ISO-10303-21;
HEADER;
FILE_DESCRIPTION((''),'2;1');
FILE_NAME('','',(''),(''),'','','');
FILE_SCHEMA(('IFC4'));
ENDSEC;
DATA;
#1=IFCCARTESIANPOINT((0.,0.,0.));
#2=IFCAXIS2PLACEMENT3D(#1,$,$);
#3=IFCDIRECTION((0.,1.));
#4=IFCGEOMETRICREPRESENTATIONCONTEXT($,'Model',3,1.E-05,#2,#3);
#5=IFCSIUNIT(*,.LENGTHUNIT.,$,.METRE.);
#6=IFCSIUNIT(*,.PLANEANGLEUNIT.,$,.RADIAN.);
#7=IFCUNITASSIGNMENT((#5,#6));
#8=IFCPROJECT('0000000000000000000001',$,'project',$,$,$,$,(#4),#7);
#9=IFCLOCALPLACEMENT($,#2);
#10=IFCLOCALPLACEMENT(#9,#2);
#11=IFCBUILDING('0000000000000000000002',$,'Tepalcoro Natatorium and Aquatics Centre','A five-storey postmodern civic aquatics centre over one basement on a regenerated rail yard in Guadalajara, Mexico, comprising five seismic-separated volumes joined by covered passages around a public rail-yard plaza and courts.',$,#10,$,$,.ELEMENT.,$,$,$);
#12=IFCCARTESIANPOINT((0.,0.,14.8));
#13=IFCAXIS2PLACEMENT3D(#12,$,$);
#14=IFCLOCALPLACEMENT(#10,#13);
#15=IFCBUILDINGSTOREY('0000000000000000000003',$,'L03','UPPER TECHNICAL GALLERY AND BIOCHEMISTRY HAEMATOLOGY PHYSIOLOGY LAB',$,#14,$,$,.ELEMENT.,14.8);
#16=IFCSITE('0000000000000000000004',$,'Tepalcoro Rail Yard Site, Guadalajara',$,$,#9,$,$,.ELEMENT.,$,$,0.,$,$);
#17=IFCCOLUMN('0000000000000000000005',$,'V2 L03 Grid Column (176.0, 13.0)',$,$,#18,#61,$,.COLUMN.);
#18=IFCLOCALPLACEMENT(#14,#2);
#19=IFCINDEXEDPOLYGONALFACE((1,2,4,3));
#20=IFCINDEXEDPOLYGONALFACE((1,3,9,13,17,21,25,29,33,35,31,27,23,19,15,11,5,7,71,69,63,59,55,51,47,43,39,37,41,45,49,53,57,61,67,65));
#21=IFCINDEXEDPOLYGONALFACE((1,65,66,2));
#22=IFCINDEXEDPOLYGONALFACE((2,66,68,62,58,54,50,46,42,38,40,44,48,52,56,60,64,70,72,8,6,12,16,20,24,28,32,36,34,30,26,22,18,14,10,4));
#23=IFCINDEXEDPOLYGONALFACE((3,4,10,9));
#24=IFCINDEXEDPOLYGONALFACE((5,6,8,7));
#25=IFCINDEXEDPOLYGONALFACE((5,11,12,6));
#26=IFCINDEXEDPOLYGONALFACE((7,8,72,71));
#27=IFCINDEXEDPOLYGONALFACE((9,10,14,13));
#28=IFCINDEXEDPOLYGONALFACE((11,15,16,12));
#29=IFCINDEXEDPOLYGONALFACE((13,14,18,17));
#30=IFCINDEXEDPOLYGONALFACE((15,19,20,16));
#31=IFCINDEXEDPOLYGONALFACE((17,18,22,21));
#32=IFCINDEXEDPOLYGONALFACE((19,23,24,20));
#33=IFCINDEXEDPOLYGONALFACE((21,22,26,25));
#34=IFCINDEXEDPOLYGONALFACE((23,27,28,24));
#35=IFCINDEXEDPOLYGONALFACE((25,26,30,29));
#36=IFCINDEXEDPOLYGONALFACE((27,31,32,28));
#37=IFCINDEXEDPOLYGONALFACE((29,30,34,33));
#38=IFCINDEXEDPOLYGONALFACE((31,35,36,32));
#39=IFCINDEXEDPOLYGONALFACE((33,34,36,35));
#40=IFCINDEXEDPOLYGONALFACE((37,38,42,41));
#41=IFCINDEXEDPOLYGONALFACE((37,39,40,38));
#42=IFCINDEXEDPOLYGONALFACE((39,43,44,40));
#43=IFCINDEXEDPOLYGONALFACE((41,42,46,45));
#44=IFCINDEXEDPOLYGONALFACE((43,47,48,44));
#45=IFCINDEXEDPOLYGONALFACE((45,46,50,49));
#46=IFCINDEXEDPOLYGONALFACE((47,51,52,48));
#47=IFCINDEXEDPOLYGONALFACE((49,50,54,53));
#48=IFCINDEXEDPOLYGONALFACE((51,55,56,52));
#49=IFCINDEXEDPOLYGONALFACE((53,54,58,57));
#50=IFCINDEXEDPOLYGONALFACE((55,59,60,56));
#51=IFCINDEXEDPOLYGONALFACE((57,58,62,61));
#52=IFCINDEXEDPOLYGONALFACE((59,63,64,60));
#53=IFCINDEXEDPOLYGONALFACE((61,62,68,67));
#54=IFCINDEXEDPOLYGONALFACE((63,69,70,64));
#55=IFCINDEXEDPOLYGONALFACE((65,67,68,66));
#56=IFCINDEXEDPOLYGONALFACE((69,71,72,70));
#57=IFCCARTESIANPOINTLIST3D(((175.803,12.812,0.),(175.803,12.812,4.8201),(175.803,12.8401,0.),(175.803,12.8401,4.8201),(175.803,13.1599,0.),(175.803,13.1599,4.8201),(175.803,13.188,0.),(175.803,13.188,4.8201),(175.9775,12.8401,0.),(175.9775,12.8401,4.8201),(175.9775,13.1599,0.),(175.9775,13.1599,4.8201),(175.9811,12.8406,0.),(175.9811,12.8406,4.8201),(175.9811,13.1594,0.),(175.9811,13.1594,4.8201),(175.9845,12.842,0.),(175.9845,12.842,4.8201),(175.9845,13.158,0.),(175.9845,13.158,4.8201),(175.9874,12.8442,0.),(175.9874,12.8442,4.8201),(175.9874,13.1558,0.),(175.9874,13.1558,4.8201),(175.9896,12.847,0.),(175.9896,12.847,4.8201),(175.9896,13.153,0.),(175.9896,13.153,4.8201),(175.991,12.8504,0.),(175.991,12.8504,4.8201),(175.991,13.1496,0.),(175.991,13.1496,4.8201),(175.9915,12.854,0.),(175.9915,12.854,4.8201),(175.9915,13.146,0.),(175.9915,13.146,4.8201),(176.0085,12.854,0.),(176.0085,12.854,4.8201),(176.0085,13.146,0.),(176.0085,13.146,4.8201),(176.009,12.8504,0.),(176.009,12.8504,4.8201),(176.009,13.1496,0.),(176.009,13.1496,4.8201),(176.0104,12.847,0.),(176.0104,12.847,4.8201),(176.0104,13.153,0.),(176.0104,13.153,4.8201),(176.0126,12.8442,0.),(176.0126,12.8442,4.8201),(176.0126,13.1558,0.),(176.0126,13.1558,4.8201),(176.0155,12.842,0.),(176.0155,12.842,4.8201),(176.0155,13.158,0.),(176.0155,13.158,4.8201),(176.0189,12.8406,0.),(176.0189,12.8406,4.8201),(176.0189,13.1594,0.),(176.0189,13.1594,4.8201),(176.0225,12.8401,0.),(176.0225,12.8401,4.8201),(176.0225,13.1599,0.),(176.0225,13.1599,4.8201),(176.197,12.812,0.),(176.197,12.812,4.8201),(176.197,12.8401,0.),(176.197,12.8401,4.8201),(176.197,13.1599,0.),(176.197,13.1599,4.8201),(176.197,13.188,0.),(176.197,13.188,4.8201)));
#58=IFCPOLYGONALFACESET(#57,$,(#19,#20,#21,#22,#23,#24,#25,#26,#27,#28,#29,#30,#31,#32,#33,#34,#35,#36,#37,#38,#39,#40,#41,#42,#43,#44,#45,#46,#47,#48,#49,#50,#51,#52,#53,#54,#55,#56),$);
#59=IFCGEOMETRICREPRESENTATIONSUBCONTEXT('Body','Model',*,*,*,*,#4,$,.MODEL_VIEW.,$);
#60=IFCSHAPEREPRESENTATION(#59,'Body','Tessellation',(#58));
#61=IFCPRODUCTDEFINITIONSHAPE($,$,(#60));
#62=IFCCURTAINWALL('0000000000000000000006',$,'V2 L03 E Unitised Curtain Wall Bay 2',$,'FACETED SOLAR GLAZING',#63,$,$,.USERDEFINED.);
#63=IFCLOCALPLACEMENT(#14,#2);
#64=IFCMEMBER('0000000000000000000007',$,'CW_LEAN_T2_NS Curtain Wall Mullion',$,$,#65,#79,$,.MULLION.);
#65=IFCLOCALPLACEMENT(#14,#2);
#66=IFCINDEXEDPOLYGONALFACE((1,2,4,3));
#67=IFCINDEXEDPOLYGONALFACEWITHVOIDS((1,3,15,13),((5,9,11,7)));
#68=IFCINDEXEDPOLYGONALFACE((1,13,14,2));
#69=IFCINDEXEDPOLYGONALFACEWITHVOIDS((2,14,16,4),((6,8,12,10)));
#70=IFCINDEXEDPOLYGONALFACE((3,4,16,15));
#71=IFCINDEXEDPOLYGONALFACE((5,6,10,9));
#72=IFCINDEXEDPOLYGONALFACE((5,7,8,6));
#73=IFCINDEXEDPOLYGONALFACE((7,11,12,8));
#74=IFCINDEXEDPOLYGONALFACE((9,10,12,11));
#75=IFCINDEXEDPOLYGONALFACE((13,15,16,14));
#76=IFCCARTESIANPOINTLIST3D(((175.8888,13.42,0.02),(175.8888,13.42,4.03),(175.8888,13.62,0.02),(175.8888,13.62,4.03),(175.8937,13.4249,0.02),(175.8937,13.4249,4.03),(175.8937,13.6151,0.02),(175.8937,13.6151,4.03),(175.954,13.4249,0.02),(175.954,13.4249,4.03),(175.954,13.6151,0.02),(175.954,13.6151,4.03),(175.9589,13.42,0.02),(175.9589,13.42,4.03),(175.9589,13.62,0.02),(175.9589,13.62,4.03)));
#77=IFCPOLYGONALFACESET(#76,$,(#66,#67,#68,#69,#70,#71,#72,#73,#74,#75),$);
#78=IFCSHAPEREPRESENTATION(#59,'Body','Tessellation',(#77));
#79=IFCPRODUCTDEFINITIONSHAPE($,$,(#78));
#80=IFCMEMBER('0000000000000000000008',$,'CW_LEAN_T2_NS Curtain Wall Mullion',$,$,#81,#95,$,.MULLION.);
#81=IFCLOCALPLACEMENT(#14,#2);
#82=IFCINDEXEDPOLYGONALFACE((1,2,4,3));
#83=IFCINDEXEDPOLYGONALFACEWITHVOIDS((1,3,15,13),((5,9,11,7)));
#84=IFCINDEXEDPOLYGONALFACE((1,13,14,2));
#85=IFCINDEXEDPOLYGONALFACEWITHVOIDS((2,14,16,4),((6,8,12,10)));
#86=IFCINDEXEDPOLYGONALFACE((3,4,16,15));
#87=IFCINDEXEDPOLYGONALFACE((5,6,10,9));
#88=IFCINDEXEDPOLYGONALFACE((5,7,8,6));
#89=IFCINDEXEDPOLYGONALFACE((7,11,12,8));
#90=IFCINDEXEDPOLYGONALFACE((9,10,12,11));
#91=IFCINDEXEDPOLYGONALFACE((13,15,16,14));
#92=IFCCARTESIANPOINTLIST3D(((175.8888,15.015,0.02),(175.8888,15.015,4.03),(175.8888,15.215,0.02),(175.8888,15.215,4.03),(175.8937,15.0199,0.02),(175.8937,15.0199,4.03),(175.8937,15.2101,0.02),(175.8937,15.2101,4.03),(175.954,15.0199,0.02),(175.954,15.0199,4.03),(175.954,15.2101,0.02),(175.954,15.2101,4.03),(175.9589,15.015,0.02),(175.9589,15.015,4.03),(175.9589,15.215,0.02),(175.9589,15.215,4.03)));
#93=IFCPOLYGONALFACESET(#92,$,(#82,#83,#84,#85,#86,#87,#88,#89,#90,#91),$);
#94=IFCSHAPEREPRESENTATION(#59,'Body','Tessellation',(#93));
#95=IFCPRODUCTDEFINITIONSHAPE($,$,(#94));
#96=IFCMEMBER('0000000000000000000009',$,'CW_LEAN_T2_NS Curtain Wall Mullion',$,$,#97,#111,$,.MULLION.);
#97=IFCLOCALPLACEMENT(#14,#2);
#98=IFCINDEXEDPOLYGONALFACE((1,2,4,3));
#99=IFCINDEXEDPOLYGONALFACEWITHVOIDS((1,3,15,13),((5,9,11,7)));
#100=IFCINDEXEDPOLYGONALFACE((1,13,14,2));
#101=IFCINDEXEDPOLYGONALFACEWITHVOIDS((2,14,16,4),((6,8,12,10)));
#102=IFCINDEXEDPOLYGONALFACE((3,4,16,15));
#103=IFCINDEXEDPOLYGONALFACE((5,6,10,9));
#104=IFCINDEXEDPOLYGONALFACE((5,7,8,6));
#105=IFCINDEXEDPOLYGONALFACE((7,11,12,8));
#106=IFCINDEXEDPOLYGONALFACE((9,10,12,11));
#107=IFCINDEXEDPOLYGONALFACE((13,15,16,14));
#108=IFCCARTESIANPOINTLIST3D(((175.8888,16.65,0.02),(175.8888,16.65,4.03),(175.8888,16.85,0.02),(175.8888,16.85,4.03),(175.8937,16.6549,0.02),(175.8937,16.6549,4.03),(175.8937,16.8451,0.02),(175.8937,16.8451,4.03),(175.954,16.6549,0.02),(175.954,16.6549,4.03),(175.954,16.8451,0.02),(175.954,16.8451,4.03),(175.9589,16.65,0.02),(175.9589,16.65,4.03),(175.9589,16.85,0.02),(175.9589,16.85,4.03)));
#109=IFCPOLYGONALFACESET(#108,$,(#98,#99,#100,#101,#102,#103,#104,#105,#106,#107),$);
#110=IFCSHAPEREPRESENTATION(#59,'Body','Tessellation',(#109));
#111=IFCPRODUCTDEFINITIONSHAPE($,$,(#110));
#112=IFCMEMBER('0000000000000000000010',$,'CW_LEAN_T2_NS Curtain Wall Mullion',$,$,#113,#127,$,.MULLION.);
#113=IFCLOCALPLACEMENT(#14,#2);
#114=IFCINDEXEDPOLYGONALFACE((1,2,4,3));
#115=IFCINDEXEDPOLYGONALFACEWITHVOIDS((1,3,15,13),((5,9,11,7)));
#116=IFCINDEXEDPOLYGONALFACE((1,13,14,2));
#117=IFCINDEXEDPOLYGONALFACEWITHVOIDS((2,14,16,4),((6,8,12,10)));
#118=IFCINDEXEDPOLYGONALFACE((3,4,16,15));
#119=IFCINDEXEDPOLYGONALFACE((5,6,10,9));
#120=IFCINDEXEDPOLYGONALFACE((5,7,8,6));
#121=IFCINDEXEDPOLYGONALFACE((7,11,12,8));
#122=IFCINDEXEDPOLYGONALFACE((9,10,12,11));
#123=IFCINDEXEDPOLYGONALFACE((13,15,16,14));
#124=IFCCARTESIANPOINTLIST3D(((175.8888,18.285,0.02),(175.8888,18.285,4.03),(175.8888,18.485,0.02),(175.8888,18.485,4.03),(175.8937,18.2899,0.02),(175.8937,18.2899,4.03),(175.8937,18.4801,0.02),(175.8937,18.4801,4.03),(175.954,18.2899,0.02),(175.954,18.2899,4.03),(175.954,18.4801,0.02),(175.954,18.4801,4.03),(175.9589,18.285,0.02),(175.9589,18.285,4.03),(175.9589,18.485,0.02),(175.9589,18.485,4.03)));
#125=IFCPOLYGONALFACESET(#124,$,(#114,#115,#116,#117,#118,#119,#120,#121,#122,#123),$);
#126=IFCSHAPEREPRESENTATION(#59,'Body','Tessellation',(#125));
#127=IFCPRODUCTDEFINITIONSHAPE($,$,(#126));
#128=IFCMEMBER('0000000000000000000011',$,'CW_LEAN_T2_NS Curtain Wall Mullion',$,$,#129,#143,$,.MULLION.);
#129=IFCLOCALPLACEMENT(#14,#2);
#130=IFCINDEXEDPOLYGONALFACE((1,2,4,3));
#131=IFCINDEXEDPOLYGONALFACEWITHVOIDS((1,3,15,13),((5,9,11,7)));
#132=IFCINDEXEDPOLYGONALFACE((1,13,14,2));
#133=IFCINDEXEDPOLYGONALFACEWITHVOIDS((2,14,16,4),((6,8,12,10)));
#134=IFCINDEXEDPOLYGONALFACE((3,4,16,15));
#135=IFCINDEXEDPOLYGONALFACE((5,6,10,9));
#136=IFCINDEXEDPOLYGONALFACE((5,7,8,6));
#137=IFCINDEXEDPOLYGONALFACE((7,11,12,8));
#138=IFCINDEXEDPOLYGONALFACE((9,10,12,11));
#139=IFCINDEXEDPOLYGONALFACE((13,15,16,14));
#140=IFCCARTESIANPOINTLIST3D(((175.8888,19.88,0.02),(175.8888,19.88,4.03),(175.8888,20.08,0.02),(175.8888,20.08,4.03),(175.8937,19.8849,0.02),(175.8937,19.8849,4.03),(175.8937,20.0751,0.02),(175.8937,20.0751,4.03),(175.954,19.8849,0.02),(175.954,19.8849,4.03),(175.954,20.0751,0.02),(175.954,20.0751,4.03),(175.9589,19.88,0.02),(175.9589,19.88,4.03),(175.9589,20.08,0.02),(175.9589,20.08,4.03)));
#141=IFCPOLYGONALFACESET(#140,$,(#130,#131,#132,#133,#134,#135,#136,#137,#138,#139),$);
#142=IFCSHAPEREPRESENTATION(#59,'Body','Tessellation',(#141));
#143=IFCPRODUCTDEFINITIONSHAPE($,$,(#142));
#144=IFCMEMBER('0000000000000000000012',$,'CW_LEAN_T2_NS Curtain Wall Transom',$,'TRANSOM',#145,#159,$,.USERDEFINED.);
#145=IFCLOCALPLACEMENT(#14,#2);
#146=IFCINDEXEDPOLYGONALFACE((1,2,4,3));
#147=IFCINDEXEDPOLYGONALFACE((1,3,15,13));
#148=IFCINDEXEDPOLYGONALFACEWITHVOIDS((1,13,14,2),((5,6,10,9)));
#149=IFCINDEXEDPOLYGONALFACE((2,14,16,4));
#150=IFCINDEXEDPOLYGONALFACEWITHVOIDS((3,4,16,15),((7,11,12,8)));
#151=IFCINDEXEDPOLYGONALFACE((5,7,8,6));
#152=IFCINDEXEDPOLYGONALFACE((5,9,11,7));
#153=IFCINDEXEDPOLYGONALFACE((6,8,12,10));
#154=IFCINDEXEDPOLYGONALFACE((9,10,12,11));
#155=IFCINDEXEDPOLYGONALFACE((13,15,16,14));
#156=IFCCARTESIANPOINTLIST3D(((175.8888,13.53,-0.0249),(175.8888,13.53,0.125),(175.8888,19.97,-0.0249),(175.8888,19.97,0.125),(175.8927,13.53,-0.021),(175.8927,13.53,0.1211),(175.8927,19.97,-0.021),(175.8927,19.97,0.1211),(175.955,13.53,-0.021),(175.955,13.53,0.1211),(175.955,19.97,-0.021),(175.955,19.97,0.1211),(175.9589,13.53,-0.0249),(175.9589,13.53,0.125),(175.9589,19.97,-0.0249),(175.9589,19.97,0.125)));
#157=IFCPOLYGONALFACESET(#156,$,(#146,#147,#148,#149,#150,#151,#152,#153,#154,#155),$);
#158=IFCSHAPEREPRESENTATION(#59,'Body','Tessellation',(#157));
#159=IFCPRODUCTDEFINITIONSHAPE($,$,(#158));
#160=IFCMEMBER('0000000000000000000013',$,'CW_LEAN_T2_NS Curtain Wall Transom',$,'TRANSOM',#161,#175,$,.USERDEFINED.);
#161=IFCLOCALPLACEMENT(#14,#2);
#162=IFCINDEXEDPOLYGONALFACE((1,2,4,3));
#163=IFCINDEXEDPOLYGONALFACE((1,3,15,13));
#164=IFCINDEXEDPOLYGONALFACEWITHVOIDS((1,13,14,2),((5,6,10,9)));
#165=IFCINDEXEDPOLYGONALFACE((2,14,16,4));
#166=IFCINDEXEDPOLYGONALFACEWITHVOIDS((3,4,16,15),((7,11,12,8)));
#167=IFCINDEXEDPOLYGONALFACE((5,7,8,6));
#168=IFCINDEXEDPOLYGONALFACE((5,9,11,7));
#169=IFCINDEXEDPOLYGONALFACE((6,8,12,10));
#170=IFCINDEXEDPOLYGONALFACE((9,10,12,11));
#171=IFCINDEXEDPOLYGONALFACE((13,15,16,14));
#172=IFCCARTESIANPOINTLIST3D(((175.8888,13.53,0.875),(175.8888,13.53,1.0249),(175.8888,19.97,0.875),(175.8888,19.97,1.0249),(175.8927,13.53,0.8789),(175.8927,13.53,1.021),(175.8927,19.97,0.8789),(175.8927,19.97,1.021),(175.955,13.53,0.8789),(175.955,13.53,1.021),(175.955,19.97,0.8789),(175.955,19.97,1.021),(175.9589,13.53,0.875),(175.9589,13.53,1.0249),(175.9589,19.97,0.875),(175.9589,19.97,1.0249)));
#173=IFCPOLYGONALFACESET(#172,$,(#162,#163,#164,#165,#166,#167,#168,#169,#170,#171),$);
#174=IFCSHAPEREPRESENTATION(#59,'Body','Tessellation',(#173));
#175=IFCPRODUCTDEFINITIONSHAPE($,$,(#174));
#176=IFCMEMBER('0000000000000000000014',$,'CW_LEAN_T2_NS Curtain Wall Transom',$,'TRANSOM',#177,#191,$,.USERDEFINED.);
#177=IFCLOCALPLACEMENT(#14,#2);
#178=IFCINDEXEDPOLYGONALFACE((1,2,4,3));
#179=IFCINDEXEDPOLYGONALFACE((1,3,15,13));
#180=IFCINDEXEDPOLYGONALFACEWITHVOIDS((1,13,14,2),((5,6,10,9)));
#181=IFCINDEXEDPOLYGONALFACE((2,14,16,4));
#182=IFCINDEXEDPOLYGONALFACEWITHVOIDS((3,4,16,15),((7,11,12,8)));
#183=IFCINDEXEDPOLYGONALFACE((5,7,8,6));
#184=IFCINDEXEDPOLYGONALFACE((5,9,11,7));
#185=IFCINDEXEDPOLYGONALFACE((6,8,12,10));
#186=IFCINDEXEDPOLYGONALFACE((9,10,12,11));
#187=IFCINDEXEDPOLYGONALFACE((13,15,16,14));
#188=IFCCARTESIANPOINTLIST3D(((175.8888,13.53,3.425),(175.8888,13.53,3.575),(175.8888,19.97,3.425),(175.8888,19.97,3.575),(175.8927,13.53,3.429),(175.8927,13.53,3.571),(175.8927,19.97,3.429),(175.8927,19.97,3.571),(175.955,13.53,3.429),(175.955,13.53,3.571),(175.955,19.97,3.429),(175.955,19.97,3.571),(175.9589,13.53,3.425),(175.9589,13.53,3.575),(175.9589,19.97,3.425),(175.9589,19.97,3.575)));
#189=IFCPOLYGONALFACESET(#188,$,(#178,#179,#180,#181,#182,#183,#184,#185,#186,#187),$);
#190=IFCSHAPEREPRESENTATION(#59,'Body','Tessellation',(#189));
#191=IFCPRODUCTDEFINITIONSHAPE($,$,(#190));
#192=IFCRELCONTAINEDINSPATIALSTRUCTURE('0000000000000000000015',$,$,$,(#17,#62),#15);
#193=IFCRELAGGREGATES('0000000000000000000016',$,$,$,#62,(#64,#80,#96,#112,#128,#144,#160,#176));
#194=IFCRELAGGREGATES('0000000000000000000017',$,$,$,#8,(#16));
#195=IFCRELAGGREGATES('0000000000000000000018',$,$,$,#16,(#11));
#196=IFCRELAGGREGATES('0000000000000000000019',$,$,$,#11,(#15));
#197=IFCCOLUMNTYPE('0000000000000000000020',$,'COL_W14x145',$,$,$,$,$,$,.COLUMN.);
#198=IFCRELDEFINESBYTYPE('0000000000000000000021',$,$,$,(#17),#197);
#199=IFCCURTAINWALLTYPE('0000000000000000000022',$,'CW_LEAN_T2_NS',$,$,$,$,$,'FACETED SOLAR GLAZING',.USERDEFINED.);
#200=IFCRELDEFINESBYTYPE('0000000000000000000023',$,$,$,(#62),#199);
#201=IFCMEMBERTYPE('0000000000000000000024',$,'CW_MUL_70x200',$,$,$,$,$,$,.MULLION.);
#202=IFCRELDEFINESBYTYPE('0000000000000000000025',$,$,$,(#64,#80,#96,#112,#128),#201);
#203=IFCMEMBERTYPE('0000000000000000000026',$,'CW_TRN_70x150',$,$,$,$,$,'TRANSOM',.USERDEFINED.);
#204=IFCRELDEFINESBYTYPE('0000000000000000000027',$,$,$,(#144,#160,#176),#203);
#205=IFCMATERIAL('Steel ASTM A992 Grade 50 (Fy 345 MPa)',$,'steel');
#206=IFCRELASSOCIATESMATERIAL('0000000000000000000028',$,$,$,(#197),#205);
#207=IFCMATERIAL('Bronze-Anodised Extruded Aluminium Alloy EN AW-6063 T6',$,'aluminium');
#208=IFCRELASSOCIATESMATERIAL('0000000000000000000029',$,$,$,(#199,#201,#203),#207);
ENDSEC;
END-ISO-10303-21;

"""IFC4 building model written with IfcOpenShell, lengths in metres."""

from ifc_helpers import new_model, si_unit, direction, frame, origin, origin_2d, place, context, subcontext, project, spatial, hollow_rectangle, i_section, extrude, material, material_profile, profile_set, type_object, element, aggregate, save


model = new_model("IFC4")

# Units and contexts
model_context = context("Model", 3, precision=1e-05, world=origin(), true_north=direction((0.0, 1.0)))
body_context = subcontext(model_context, "Body", "Model", "MODEL_VIEW")
ifc_project = project(units=[si_unit("LENGTHUNIT", "METRE"), si_unit("PLANEANGLEUNIT", "RADIAN")], contexts=[model_context])

# Site, building, storey
site_placement = place(None, origin())
site = spatial("IfcSite", under=ifc_project, at=site_placement, Name="Tepalcoro Rail Yard Site, Guadalajara", CompositionType="ELEMENT", RefElevation=0.0)
building_placement = place(site_placement, origin())
building = spatial("IfcBuilding", under=site, at=building_placement, Name="Tepalcoro Natatorium and Aquatics Centre", Description="A five-storey postmodern civic aquatics centre over one basement on a regenerated rail yard in Guadalajara, Mexico, comprising five seismic-separated volumes joined by covered passages around a public rail-yard plaza and courts.", CompositionType="ELEMENT")
storey_placement = place(building_placement, frame((0.0, 0.0, 14.8)))
storey = spatial("IfcBuildingStorey", under=building, at=storey_placement, Name="L03", Description="UPPER TECHNICAL GALLERY AND BIOCHEMISTRY HAEMATOLOGY PHYSIOLOGY LAB", CompositionType="ELEMENT", Elevation=14.8)

# Column
ifc_material_1 = material(Name="Steel ASTM A992 Grade 50 (Fy 345 MPa)", Category="steel")
ifc_material_profile_1 = material_profile(ifc_material_1, i_section(OverallWidth=0.394, OverallDepth=0.376, WebThickness=0.0171, FlangeThickness=0.0281, FilletRadius=0.0139, at=origin_2d()), Name="W14X145")
ifc_profile_set_1 = profile_set([ifc_material_profile_1], Name="Steel ASTM A992 Grade 50 (Fy 345 MPa)")
column_type = type_object("IfcColumnType", Name="COL_W14x145", PredefinedType="COLUMN", material=ifc_profile_set_1)
column_placement = place(storey_placement, frame((176.0, 13.0, 0.0), z_axis=(0.0, 0.0, 1.0), x_axis=(1.0, 0.0, 0.0)))
element("IfcColumn", 1, at=column_placement, inside=storey, type_object=column_type, Name="V2 L03 Grid Column (176.0, 13.0)", PredefinedType="COLUMN", context=body_context, shape_type="SweptSolid", body=[
    extrude(i_section(OverallWidth=0.394, OverallDepth=0.376, WebThickness=0.0171, FlangeThickness=0.0281, FilletRadius=0.0139, at=origin_2d()), origin(), (0.0, 0.0, 1.0), 4.8201),
])

# Curtain wall, members
ifc_material_2 = material(Name="Bronze-Anodised Extruded Aluminium Alloy EN AW-6063 T6", Category="aluminium")
curtain_wall_type = type_object("IfcCurtainWallType", Name="CW_LEAN_T2_NS", ElementType="FACETED SOLAR GLAZING", PredefinedType="USERDEFINED", material=ifc_material_2)
curtain_wall_placement = place(storey_placement, origin())
curtain_wall = element("IfcCurtainWall", 2, at=curtain_wall_placement, inside=storey, type_object=curtain_wall_type, Name="V2 L03 E Unitised Curtain Wall Bay 2", ObjectType="FACETED SOLAR GLAZING", PredefinedType="USERDEFINED")
ifc_material_profile_2 = material_profile(ifc_material_2, hollow_rectangle(XDim=0.0701, YDim=0.2, WallThickness=0.0049, at=origin_2d()), Name="AL70X200X5")
ifc_profile_set_2 = profile_set([ifc_material_profile_2], Name="Bronze-Anodised Extruded Aluminium Alloy EN AW-6063 T6")
member_type_1 = type_object("IfcMemberType", Name="CW_MUL_70x200", PredefinedType="MULLION", material=ifc_profile_set_2)
member_1_placement = place(storey_placement, frame((175.9238, 13.52, 0.02), z_axis=(0.0, 0.0, 1.0), x_axis=(1.0, 0.0, 0.0)))
member_1 = element("IfcMember", 3, at=member_1_placement, type_object=member_type_1, Name="CW_LEAN_T2_NS Curtain Wall Mullion", PredefinedType="MULLION", context=body_context, shape_type="SweptSolid", body=[
    extrude(hollow_rectangle(XDim=0.0701, YDim=0.2, WallThickness=0.0049, at=origin_2d()), origin(), (0.0, 0.0, 1.0), 4.01),
])
member_2_placement = place(storey_placement, frame((175.9238, 15.115, 0.02), z_axis=(0.0, 0.0, 1.0), x_axis=(1.0, 0.0, 0.0)))
member_2 = element("IfcMember", 4, at=member_2_placement, type_object=member_type_1, Name="CW_LEAN_T2_NS Curtain Wall Mullion", PredefinedType="MULLION", context=body_context, shape_type="SweptSolid", body=[
    extrude(hollow_rectangle(XDim=0.0701, YDim=0.2, WallThickness=0.0049, at=origin_2d()), origin(), (0.0, 0.0, 1.0), 4.01),
])
member_3_placement = place(storey_placement, frame((175.9238, 16.75, 0.02), z_axis=(0.0, 0.0, 1.0), x_axis=(1.0, 0.0, 0.0)))
member_3 = element("IfcMember", 5, at=member_3_placement, type_object=member_type_1, Name="CW_LEAN_T2_NS Curtain Wall Mullion", PredefinedType="MULLION", context=body_context, shape_type="SweptSolid", body=[
    extrude(hollow_rectangle(XDim=0.0701, YDim=0.2, WallThickness=0.0049, at=origin_2d()), origin(), (0.0, 0.0, 1.0), 4.01),
])
member_4_placement = place(storey_placement, frame((175.9238, 18.385, 0.02), z_axis=(0.0, 0.0, 1.0), x_axis=(1.0, 0.0, 0.0)))
member_4 = element("IfcMember", 6, at=member_4_placement, type_object=member_type_1, Name="CW_LEAN_T2_NS Curtain Wall Mullion", PredefinedType="MULLION", context=body_context, shape_type="SweptSolid", body=[
    extrude(hollow_rectangle(XDim=0.0701, YDim=0.2, WallThickness=0.0049, at=origin_2d()), origin(), (0.0, 0.0, 1.0), 4.01),
])
member_5_placement = place(storey_placement, frame((175.9238, 19.98, 0.02), z_axis=(0.0, 0.0, 1.0), x_axis=(1.0, 0.0, 0.0)))
member_5 = element("IfcMember", 7, at=member_5_placement, type_object=member_type_1, Name="CW_LEAN_T2_NS Curtain Wall Mullion", PredefinedType="MULLION", context=body_context, shape_type="SweptSolid", body=[
    extrude(hollow_rectangle(XDim=0.0701, YDim=0.2, WallThickness=0.0049, at=origin_2d()), origin(), (0.0, 0.0, 1.0), 4.01),
])
ifc_material_profile_3 = material_profile(ifc_material_2, hollow_rectangle(XDim=0.0701, YDim=0.1499, WallThickness=0.0039, at=origin_2d()), Name="AL70X150X4")
ifc_profile_set_3 = profile_set([ifc_material_profile_3], Name="Bronze-Anodised Extruded Aluminium Alloy EN AW-6063 T6")
member_type_2 = type_object("IfcMemberType", Name="CW_TRN_70x150", ElementType="TRANSOM", PredefinedType="USERDEFINED", material=ifc_profile_set_3)
member_6_placement = place(storey_placement, frame((175.9238, 13.53, 0.05), z_axis=(0.0, 1.0, 0.0), x_axis=(-1.0, 0.0, 0.0)))
member_6 = element("IfcMember", 8, at=member_6_placement, type_object=member_type_2, Name="CW_LEAN_T2_NS Curtain Wall Transom", ObjectType="TRANSOM", PredefinedType="USERDEFINED", context=body_context, shape_type="SweptSolid", body=[
    extrude(hollow_rectangle(XDim=0.0701, YDim=0.1499, WallThickness=0.0039, at=origin_2d()), origin(), (0.0, 0.0, 1.0), 6.4399),
])
member_7_placement = place(storey_placement, frame((175.9238, 13.53, 0.95), z_axis=(0.0, 1.0, 0.0), x_axis=(-1.0, 0.0, 0.0)))
member_7 = element("IfcMember", 9, at=member_7_placement, type_object=member_type_2, Name="CW_LEAN_T2_NS Curtain Wall Transom", ObjectType="TRANSOM", PredefinedType="USERDEFINED", context=body_context, shape_type="SweptSolid", body=[
    extrude(hollow_rectangle(XDim=0.0701, YDim=0.1499, WallThickness=0.0039, at=origin_2d()), origin(), (0.0, 0.0, 1.0), 6.4399),
])
member_8_placement = place(storey_placement, frame((175.9238, 13.53, 3.5), z_axis=(0.0, 1.0, 0.0), x_axis=(-1.0, 0.0, 0.0)))
member_8 = element("IfcMember", 10, at=member_8_placement, type_object=member_type_2, Name="CW_LEAN_T2_NS Curtain Wall Transom", ObjectType="TRANSOM", PredefinedType="USERDEFINED", context=body_context, shape_type="SweptSolid", body=[
    extrude(hollow_rectangle(XDim=0.0701, YDim=0.1499, WallThickness=0.0039, at=origin_2d()), origin(), (0.0, 0.0, 1.0), 6.4399),
])

aggregate(curtain_wall, [member_1, member_2, member_3, member_4, member_5, member_6, member_7, member_8])

save(model, "model.ifc")
